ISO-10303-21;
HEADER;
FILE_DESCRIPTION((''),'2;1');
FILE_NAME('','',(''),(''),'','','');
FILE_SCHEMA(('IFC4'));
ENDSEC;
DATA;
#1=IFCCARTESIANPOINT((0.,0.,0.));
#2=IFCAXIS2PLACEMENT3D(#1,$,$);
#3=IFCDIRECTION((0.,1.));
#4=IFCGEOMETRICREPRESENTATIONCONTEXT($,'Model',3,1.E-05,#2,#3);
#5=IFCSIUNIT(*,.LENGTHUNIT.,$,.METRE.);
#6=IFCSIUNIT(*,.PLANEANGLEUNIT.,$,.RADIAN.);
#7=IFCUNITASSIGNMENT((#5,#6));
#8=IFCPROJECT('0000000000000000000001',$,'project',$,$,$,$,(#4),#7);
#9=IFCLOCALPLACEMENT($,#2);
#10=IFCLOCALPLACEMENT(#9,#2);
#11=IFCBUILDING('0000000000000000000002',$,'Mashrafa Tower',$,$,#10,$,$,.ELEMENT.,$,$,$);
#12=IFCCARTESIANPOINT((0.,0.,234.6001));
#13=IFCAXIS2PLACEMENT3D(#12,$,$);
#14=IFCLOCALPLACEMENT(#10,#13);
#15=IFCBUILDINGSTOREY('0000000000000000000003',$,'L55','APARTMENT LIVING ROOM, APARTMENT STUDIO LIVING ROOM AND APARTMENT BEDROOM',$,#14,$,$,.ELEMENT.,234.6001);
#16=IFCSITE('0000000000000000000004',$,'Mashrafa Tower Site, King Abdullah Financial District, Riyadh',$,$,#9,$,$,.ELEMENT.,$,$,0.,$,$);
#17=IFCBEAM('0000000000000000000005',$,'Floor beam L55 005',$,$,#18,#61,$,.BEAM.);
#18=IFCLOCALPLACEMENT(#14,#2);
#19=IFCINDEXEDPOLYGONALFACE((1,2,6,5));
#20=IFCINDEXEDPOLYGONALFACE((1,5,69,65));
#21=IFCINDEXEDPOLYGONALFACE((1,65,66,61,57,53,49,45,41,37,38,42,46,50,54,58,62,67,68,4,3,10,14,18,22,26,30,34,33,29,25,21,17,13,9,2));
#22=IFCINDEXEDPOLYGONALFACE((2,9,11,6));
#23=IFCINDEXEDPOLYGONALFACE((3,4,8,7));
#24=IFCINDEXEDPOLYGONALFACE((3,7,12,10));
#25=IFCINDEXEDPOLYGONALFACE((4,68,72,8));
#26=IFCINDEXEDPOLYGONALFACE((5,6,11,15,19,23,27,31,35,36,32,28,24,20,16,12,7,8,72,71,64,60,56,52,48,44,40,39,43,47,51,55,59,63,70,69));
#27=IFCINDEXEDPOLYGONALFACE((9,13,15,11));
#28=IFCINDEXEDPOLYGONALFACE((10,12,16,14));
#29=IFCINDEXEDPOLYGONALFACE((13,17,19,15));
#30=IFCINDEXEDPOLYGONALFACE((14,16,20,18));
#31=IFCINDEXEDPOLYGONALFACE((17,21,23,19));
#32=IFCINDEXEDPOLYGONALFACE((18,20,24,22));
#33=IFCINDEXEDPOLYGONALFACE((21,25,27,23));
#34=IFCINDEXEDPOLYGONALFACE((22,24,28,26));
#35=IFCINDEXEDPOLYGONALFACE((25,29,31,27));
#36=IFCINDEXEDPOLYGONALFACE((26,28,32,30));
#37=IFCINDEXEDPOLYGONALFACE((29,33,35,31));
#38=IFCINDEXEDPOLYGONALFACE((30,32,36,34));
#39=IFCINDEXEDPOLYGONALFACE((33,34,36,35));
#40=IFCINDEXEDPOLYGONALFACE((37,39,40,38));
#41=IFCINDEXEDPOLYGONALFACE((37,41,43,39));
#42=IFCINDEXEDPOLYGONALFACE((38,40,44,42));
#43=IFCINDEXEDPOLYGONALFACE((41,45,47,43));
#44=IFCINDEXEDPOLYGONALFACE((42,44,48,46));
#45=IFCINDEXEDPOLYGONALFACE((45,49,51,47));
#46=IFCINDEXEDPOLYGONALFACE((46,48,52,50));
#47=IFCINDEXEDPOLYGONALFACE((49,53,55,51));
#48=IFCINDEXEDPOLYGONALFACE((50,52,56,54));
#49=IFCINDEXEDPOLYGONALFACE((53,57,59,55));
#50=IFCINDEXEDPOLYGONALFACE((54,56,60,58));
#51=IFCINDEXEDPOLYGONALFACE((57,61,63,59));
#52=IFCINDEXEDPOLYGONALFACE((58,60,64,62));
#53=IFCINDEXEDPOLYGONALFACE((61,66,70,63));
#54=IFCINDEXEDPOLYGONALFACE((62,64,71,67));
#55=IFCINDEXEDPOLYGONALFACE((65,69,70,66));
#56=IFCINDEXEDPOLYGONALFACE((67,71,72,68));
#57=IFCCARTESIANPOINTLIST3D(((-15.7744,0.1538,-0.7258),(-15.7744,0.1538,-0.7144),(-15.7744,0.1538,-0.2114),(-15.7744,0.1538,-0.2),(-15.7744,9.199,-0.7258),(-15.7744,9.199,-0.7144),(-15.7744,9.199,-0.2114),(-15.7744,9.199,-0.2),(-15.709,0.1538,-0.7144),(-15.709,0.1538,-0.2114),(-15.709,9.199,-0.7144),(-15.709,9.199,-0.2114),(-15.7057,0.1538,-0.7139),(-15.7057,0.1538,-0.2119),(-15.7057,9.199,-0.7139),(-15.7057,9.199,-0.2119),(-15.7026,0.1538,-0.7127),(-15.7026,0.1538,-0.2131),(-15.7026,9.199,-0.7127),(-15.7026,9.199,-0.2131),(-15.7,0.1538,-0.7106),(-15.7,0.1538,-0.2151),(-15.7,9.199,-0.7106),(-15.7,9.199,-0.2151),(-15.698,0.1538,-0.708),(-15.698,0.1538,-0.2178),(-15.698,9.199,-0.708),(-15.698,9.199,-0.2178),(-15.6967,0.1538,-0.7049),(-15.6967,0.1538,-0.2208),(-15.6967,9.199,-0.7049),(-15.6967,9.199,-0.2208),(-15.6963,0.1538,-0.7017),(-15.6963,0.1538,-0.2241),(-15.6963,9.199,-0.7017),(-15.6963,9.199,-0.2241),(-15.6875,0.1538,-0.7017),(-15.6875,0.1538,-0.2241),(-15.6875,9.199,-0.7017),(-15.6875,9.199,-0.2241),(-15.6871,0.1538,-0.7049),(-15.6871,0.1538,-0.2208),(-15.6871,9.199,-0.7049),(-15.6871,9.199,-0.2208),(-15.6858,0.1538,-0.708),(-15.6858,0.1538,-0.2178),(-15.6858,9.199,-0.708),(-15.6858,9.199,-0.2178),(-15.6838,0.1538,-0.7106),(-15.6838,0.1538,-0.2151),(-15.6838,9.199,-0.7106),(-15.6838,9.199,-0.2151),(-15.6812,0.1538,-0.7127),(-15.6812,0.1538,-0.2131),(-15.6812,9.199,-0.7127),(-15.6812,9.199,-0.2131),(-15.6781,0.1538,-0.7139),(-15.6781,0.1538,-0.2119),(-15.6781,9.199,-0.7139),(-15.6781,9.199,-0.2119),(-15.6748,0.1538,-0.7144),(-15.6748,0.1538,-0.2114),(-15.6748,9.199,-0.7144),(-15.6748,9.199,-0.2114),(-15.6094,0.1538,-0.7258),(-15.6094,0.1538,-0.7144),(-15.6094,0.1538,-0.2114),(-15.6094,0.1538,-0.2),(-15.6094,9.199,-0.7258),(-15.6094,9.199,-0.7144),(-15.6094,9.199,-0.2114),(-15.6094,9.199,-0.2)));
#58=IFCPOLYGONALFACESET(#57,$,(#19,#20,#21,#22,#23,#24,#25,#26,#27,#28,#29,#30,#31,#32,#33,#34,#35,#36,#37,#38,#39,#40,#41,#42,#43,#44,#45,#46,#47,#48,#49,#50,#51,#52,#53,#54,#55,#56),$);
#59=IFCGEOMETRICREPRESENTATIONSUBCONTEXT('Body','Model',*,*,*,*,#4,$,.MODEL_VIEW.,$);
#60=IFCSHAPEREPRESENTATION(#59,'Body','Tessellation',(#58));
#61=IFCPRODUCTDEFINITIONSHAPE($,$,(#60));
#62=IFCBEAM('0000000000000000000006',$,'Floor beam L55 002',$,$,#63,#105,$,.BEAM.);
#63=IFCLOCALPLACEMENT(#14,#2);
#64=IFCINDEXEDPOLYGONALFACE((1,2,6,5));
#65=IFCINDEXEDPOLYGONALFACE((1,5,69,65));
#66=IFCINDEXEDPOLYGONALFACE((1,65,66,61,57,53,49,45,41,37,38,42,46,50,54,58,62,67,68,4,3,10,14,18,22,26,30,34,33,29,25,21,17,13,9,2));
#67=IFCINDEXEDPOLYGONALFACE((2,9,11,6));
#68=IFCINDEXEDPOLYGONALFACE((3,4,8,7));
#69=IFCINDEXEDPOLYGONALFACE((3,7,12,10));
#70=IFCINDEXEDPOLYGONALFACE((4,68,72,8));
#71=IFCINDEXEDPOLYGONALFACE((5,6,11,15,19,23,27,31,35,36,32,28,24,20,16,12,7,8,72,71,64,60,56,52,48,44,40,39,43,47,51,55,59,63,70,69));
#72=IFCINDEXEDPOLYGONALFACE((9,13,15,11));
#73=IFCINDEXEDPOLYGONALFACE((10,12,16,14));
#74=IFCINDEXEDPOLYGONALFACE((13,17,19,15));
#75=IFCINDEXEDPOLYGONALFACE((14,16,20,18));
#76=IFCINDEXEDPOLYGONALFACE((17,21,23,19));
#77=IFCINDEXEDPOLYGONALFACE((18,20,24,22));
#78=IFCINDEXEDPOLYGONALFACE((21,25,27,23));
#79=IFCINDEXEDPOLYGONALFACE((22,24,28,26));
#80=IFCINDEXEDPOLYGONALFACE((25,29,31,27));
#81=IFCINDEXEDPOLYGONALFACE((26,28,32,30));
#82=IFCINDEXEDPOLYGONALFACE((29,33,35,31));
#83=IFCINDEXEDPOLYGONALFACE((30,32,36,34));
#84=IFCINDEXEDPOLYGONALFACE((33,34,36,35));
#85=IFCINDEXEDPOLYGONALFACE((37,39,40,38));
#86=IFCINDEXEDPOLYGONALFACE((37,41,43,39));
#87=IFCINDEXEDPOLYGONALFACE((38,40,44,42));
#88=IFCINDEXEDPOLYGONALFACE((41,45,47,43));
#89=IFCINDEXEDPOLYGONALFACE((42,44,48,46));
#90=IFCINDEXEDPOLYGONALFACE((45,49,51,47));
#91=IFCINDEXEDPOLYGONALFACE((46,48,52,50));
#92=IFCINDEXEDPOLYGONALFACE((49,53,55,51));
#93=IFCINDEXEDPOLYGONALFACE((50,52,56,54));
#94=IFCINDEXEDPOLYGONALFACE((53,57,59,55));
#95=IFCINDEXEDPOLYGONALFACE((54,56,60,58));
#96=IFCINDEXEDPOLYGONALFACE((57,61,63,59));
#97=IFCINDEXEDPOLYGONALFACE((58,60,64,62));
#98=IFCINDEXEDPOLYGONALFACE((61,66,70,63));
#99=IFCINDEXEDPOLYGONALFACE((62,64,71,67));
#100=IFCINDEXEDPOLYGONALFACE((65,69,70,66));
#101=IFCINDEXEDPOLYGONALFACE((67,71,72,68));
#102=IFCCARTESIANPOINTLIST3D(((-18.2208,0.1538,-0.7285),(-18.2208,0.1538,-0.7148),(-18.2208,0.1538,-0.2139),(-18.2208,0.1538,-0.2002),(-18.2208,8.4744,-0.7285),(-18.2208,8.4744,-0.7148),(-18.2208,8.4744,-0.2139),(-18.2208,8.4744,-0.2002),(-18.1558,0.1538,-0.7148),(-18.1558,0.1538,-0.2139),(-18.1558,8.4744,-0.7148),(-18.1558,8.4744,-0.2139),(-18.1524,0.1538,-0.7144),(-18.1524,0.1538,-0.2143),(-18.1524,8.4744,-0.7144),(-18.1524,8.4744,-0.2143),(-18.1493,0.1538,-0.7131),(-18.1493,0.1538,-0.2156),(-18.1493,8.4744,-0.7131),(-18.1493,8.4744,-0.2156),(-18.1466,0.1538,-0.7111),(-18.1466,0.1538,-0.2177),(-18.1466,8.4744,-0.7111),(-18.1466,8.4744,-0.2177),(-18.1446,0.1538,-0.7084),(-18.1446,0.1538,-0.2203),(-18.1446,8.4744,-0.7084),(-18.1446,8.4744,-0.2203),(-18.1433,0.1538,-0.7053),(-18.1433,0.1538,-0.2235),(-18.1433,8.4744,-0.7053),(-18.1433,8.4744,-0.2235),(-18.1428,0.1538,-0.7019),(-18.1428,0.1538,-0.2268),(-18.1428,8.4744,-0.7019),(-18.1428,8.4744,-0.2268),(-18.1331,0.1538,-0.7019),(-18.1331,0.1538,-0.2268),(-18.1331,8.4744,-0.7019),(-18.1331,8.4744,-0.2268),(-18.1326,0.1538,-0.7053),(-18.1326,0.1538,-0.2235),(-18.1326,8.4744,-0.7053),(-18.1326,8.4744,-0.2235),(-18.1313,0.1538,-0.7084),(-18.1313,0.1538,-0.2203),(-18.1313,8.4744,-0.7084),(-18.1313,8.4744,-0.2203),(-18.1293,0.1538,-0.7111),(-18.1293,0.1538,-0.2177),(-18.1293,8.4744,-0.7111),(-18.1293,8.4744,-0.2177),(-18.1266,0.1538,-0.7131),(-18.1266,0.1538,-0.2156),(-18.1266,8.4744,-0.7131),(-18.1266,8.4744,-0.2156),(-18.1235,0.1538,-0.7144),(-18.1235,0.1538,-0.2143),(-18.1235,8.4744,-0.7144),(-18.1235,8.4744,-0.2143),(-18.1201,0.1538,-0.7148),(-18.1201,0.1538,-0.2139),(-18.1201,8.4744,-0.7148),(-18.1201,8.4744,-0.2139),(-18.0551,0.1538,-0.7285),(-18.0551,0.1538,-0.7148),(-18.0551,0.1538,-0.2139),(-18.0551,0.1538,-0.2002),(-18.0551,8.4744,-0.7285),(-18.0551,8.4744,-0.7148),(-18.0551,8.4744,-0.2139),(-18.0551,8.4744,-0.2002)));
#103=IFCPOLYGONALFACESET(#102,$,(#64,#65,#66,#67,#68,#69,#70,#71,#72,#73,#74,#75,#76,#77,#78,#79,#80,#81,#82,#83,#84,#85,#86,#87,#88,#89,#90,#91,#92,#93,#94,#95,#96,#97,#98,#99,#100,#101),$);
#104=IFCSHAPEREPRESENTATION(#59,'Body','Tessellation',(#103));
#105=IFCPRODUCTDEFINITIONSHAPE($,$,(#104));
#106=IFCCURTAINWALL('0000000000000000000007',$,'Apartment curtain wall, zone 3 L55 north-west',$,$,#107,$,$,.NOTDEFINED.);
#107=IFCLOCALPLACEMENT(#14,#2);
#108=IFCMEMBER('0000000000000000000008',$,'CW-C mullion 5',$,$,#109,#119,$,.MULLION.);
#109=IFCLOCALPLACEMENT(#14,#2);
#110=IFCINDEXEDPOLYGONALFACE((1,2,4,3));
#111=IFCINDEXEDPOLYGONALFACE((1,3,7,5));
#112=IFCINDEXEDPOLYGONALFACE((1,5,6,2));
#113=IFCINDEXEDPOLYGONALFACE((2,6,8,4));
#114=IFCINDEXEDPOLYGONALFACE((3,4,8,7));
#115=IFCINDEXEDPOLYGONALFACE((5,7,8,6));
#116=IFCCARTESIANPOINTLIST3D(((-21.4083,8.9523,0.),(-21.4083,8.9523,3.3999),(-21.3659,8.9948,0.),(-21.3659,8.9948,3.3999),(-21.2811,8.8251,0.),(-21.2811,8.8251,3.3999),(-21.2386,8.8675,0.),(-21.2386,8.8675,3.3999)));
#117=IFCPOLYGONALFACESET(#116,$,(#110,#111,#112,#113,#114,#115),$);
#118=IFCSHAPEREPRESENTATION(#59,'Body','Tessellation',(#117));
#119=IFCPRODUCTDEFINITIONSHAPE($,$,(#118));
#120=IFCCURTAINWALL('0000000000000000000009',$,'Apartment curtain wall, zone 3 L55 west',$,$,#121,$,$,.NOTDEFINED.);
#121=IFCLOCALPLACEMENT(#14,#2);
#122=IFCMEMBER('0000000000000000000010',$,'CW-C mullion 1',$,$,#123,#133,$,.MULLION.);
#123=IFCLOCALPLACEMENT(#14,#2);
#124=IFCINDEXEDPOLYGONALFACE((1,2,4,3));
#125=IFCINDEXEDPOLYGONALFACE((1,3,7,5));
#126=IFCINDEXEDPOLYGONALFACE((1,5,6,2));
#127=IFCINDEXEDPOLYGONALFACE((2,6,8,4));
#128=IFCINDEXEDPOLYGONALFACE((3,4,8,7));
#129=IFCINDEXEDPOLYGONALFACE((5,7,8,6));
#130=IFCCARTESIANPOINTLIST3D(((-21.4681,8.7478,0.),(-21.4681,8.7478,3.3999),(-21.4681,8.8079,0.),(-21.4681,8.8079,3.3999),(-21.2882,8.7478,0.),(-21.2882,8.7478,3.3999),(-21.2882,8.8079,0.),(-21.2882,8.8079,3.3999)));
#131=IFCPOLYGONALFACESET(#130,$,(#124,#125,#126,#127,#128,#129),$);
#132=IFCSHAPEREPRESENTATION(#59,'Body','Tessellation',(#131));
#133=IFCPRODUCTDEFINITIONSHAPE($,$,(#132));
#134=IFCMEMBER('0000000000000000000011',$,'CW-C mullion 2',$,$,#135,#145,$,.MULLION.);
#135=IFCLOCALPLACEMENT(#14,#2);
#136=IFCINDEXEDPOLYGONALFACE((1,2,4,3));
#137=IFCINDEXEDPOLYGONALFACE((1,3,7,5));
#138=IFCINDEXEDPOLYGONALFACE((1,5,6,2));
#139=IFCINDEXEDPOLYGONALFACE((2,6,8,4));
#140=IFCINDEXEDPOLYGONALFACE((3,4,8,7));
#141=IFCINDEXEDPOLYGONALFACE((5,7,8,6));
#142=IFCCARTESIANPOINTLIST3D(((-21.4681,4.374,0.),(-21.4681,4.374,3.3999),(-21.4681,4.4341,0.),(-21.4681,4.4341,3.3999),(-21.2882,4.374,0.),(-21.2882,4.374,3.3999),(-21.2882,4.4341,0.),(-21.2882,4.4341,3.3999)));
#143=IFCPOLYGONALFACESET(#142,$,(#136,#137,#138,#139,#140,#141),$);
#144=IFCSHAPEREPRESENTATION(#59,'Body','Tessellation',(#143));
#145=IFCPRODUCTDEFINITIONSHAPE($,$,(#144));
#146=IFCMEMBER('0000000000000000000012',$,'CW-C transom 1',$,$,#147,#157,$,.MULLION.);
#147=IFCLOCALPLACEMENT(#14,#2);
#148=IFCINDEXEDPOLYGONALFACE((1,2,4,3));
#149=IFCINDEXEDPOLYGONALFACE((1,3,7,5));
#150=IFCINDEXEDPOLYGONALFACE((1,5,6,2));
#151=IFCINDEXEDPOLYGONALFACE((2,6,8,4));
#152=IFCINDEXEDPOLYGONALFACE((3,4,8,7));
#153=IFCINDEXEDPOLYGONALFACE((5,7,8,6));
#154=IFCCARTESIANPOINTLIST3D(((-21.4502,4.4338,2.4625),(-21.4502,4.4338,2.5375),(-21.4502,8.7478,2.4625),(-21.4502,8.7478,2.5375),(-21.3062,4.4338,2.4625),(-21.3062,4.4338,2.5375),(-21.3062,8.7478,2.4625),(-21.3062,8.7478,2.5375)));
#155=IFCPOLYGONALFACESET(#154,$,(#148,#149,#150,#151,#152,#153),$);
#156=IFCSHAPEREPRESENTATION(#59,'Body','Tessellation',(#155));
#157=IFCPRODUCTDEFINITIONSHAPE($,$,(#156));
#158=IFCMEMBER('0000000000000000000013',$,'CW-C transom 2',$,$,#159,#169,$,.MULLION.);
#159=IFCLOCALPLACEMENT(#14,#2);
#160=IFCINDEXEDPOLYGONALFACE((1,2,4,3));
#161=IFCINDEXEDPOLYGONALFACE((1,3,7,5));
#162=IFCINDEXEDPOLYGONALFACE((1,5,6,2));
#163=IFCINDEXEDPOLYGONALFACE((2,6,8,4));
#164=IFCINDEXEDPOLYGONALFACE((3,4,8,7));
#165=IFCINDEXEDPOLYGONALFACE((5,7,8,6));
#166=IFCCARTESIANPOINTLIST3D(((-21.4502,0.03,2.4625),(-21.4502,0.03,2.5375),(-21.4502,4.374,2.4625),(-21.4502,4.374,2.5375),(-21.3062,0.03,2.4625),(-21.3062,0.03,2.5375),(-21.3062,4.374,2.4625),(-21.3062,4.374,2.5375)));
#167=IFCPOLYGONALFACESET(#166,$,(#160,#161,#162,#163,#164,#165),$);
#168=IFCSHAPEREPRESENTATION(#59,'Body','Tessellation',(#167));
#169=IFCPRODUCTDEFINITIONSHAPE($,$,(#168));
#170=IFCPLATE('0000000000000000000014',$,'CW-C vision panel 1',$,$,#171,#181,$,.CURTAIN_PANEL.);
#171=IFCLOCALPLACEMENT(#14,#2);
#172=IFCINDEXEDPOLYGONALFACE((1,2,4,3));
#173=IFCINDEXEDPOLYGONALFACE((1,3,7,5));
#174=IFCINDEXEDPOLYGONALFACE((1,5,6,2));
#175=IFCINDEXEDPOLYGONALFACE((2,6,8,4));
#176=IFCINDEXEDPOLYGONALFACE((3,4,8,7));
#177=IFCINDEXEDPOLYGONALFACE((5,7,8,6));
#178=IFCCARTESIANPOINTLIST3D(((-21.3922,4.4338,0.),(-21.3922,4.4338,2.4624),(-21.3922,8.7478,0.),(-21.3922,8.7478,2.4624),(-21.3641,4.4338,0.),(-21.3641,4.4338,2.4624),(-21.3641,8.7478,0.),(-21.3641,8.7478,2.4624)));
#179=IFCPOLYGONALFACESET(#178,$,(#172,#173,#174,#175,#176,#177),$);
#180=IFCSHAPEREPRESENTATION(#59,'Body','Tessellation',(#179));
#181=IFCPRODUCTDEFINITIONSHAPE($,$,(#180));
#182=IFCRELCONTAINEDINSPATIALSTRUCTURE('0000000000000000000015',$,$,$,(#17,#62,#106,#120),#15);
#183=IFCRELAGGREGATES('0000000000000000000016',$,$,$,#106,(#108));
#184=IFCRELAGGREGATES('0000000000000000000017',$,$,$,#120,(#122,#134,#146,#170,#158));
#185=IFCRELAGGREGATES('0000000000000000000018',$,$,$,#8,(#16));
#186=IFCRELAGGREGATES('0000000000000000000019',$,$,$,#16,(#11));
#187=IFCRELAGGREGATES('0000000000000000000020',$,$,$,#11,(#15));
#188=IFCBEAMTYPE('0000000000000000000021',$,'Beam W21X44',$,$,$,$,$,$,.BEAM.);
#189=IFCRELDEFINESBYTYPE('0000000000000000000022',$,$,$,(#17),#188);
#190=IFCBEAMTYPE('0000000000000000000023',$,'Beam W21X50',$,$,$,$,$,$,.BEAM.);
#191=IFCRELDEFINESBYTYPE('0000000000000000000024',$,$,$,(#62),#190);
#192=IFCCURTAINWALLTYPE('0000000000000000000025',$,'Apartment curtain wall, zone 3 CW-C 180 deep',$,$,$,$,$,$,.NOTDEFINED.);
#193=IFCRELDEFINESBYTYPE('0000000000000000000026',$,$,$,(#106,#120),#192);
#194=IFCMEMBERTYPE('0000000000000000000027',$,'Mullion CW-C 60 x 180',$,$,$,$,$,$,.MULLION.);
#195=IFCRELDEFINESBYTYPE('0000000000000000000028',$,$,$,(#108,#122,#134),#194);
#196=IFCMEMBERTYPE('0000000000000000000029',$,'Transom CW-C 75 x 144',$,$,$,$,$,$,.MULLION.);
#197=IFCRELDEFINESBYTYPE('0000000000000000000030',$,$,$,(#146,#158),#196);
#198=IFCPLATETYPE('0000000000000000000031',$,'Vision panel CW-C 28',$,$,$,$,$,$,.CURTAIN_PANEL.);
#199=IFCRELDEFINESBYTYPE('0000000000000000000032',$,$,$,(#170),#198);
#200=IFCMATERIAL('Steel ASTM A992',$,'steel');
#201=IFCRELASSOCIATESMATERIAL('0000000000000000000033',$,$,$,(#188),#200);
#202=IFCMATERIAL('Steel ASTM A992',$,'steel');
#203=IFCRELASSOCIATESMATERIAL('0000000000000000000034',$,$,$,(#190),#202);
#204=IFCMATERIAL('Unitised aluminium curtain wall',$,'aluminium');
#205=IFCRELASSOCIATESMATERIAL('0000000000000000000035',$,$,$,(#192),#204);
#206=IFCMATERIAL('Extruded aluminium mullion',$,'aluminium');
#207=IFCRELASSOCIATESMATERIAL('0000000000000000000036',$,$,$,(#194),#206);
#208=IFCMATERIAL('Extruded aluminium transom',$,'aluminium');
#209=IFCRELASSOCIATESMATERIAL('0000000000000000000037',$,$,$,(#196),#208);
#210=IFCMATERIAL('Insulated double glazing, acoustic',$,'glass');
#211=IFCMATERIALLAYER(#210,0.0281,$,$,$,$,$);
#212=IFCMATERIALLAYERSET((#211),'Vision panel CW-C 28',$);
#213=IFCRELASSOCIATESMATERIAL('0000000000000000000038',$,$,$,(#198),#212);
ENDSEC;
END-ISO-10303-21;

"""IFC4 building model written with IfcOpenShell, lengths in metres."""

from ifc_helpers import new_model, si_unit, direction, frame, origin, origin_2d, place, context, subcontext, project, spatial, rectangle, i_section, extrude, source, transform, mapped, material, layer, layer_set, material_profile, profile_set, type_object, type_shapes, element, aggregate, save


model = new_model("IFC4")

# Units and contexts
model_context = context("Model", 3, precision=1e-05, world=origin(), true_north=direction((0.0, 1.0)))
body_context = subcontext(model_context, "Body", "Model", "MODEL_VIEW")
ifc_project = project(units=[si_unit("LENGTHUNIT", "METRE"), si_unit("PLANEANGLEUNIT", "RADIAN")], contexts=[model_context])

# Site, building, storey
site_placement = place(None, origin())
site = spatial("IfcSite", under=ifc_project, at=site_placement, Name="Mashrafa Tower Site, King Abdullah Financial District, Riyadh", CompositionType="ELEMENT", RefElevation=0.0)
building_placement = place(site_placement, origin())
building = spatial("IfcBuilding", under=site, at=building_placement, Name="Mashrafa Tower", CompositionType="ELEMENT")
storey_placement = place(building_placement, frame((0.0, 0.0, 234.6001)))
storey = spatial("IfcBuildingStorey", under=building, at=storey_placement, Name="L55", Description="APARTMENT LIVING ROOM, APARTMENT STUDIO LIVING ROOM AND APARTMENT BEDROOM", CompositionType="ELEMENT", Elevation=234.6001)

# Beams
ifc_material_1 = material(Name="Steel ASTM A992", Category="steel")
ifc_material_profile_1 = material_profile(ifc_material_1, i_section(OverallWidth=0.165, OverallDepth=0.5259, WebThickness=0.0088, FlangeThickness=0.0115, FilletRadius=0.0127, at=origin_2d()), Name="W21X44")
ifc_profile_set_1 = profile_set([ifc_material_profile_1], Name="Steel ASTM A992")
beam_type_1 = type_object("IfcBeamType", Name="Beam W21X44", PredefinedType="BEAM", material=ifc_profile_set_1)
beam_1_placement = place(storey_placement, frame((-15.6919, 0.1538, -0.4629), z_axis=(0.0, 1.0, 0.0), x_axis=(-1.0, 0.0, 0.0)))
element("IfcBeam", 1, at=beam_1_placement, inside=storey, type_object=beam_type_1, Name="Floor beam L55 005", PredefinedType="BEAM", context=body_context, shape_type="SweptSolid", body=[
    extrude(i_section(OverallWidth=0.165, OverallDepth=0.5259, WebThickness=0.0088, FlangeThickness=0.0115, FilletRadius=0.0127, at=origin_2d()), origin(), (0.0, 0.0, 1.0), 9.0452),
])
ifc_material_2 = material(Name="Steel ASTM A992", Category="steel")
ifc_material_profile_2 = material_profile(ifc_material_2, i_section(OverallWidth=0.1658, OverallDepth=0.5283, WebThickness=0.0098, FlangeThickness=0.0137, FilletRadius=0.0129, at=origin_2d()), Name="W21X50")
ifc_profile_set_2 = profile_set([ifc_material_profile_2], Name="Steel ASTM A992")
beam_type_2 = type_object("IfcBeamType", Name="Beam W21X50", PredefinedType="BEAM", material=ifc_profile_set_2)
beam_2_placement = place(storey_placement, frame((-18.1379, 0.1538, -0.4644), z_axis=(0.0, 1.0, 0.0), x_axis=(-1.0, 0.0, 0.0)))
element("IfcBeam", 2, at=beam_2_placement, inside=storey, type_object=beam_type_2, Name="Floor beam L55 002", PredefinedType="BEAM", context=body_context, shape_type="SweptSolid", body=[
    extrude(i_section(OverallWidth=0.1658, OverallDepth=0.5283, WebThickness=0.0098, FlangeThickness=0.0137, FilletRadius=0.0129, at=origin_2d()), origin(), (0.0, 0.0, 1.0), 8.3206),
])

# Curtain wall, member
ifc_material_3 = material(Name="Unitised aluminium curtain wall", Category="aluminium")
curtain_wall_type = type_object("IfcCurtainWallType", Name="Apartment curtain wall, zone 3 CW-C 180 deep", PredefinedType="NOTDEFINED", material=ifc_material_3)
curtain_wall_1_placement = place(storey_placement, origin())
curtain_wall_1 = element("IfcCurtainWall", 3, at=curtain_wall_1_placement, inside=storey, type_object=curtain_wall_type, Name="Apartment curtain wall, zone 3 L55 north-west", PredefinedType="NOTDEFINED")
ifc_material_4 = material(Name="Extruded aluminium mullion", Category="aluminium")
ifc_material_profile_3 = material_profile(ifc_material_4, rectangle(XDim=0.1799, YDim=0.0601, at=origin_2d()), Name="Mullion 60x180")
ifc_profile_set_3 = profile_set([ifc_material_profile_3], Name="Extruded aluminium mullion")
member_type_1 = type_object("IfcMemberType", Name="Mullion CW-C 60 x 180", PredefinedType="MULLION", material=ifc_profile_set_3)
shared_shape_1 = source(origin(), body_context, "Body", "SweptSolid", [
    extrude(rectangle(XDim=0.1799, YDim=0.0601, at=origin_2d()), origin(), (0.0, 0.0, 1.0), 3.3999),
])
type_shapes(member_type_1, [shared_shape_1])
member_1_placement = place(storey_placement, frame((-21.3235, 8.9099, 0.0), z_axis=(0.0, 0.0, 1.0), x_axis=(0.707107, -0.707107, 0.0)))
member_1 = element("IfcMember", 4, at=member_1_placement, type_object=member_type_1, Name="CW-C mullion 5", PredefinedType="MULLION", context=body_context, shape_type="MappedRepresentation", body=[
    mapped(shared_shape_1, transform((0.0, 0.0, 0.0))),
])
aggregate(curtain_wall_1, [member_1])

# Curtain wall, members, plate
curtain_wall_2_placement = place(storey_placement, origin())
curtain_wall_2 = element("IfcCurtainWall", 5, at=curtain_wall_2_placement, inside=storey, type_object=curtain_wall_type, Name="Apartment curtain wall, zone 3 L55 west", PredefinedType="NOTDEFINED")
member_2_placement = place(storey_placement, frame((-21.3782, 8.7778, 0.0), z_axis=(0.0, 0.0, 1.0), x_axis=(1.0, 0.0, 0.0)))
member_2 = element("IfcMember", 6, at=member_2_placement, type_object=member_type_1, Name="CW-C mullion 1", PredefinedType="MULLION", context=body_context, shape_type="MappedRepresentation", body=[
    mapped(shared_shape_1, transform((0.0, 0.0, 0.0))),
])
member_3_placement = place(storey_placement, frame((-21.3782, 4.4041, 0.0), z_axis=(0.0, 0.0, 1.0), x_axis=(1.0, 0.0, 0.0)))
member_3 = element("IfcMember", 7, at=member_3_placement, type_object=member_type_1, Name="CW-C mullion 2", PredefinedType="MULLION", context=body_context, shape_type="MappedRepresentation", body=[
    mapped(shared_shape_1, transform((0.0, 0.0, 0.0))),
])
ifc_material_5 = material(Name="Extruded aluminium transom", Category="aluminium")
ifc_material_profile_4 = material_profile(ifc_material_5, rectangle(XDim=0.144, YDim=0.075, at=origin_2d()), Name="Transom 75x144")
ifc_profile_set_4 = profile_set([ifc_material_profile_4], Name="Extruded aluminium transom")
member_type_2 = type_object("IfcMemberType", Name="Transom CW-C 75 x 144", PredefinedType="MULLION", material=ifc_profile_set_4)
shared_shape_2 = source(origin(), body_context, "Body", "SweptSolid", [
    extrude(rectangle(XDim=0.144, YDim=0.075, at=origin_2d()), origin(), (0.0, 0.0, 1.0), 4.314),
])
member_4_placement = place(storey_placement, frame((-21.3782, 8.7478, 2.5), z_axis=(0.0, -1.0, 0.0), x_axis=(1.0, 0.0, 0.0)))
member_4 = element("IfcMember", 8, at=member_4_placement, type_object=member_type_2, Name="CW-C transom 1", PredefinedType="MULLION", context=body_context, shape_type="MappedRepresentation", body=[
    mapped(shared_shape_2, transform((0.0, 0.0, 0.0))),
])
shared_shape_3 = source(origin(), body_context, "Body", "SweptSolid", [
    extrude(rectangle(XDim=0.144, YDim=0.075, at=origin_2d()), origin(), (0.0, 0.0, 1.0), 4.344),
])
type_shapes(member_type_2, [shared_shape_2, shared_shape_3])
member_5_placement = place(storey_placement, frame((-21.3782, 4.374, 2.5), z_axis=(0.0, -1.0, 0.0), x_axis=(1.0, 0.0, 0.0)))
member_5 = element("IfcMember", 9, at=member_5_placement, type_object=member_type_2, Name="CW-C transom 2", PredefinedType="MULLION", context=body_context, shape_type="MappedRepresentation", body=[
    mapped(shared_shape_3, transform((0.0, 0.0, 0.0))),
])
ifc_material_6 = material(Name="Insulated double glazing, acoustic", Category="glass")
ifc_layer_1 = layer(ifc_material_6, 0.0281)
ifc_layer_set_1 = layer_set([ifc_layer_1], Name="Vision panel CW-C 28")
plate_type_1 = type_object("IfcPlateType", Name="Vision panel CW-C 28", PredefinedType="CURTAIN_PANEL", material=ifc_layer_set_1)
shared_shape_4 = source(origin(), body_context, "Body", "SweptSolid", [
    extrude(rectangle(XDim=4.314, YDim=0.0281, at=origin_2d()), origin(), (0.0, 0.0, 1.0), 2.4624),
])
plate_1_placement = place(storey_placement, frame((-21.3782, 6.5908, 0.0), z_axis=(0.0, 0.0, 1.0), x_axis=(0.0, -1.0, 0.0)))
plate_1 = element("IfcPlate", 10, at=plate_1_placement, type_object=plate_type_1, Name="CW-C vision panel 1", PredefinedType="CURTAIN_PANEL", context=body_context, shape_type="MappedRepresentation", body=[
    mapped(shared_shape_4, transform((0.0, 0.0, 0.0))),
])
aggregate(curtain_wall_2, [member_2, member_3, member_4, plate_1, member_5])

save(model, "model.ifc")
